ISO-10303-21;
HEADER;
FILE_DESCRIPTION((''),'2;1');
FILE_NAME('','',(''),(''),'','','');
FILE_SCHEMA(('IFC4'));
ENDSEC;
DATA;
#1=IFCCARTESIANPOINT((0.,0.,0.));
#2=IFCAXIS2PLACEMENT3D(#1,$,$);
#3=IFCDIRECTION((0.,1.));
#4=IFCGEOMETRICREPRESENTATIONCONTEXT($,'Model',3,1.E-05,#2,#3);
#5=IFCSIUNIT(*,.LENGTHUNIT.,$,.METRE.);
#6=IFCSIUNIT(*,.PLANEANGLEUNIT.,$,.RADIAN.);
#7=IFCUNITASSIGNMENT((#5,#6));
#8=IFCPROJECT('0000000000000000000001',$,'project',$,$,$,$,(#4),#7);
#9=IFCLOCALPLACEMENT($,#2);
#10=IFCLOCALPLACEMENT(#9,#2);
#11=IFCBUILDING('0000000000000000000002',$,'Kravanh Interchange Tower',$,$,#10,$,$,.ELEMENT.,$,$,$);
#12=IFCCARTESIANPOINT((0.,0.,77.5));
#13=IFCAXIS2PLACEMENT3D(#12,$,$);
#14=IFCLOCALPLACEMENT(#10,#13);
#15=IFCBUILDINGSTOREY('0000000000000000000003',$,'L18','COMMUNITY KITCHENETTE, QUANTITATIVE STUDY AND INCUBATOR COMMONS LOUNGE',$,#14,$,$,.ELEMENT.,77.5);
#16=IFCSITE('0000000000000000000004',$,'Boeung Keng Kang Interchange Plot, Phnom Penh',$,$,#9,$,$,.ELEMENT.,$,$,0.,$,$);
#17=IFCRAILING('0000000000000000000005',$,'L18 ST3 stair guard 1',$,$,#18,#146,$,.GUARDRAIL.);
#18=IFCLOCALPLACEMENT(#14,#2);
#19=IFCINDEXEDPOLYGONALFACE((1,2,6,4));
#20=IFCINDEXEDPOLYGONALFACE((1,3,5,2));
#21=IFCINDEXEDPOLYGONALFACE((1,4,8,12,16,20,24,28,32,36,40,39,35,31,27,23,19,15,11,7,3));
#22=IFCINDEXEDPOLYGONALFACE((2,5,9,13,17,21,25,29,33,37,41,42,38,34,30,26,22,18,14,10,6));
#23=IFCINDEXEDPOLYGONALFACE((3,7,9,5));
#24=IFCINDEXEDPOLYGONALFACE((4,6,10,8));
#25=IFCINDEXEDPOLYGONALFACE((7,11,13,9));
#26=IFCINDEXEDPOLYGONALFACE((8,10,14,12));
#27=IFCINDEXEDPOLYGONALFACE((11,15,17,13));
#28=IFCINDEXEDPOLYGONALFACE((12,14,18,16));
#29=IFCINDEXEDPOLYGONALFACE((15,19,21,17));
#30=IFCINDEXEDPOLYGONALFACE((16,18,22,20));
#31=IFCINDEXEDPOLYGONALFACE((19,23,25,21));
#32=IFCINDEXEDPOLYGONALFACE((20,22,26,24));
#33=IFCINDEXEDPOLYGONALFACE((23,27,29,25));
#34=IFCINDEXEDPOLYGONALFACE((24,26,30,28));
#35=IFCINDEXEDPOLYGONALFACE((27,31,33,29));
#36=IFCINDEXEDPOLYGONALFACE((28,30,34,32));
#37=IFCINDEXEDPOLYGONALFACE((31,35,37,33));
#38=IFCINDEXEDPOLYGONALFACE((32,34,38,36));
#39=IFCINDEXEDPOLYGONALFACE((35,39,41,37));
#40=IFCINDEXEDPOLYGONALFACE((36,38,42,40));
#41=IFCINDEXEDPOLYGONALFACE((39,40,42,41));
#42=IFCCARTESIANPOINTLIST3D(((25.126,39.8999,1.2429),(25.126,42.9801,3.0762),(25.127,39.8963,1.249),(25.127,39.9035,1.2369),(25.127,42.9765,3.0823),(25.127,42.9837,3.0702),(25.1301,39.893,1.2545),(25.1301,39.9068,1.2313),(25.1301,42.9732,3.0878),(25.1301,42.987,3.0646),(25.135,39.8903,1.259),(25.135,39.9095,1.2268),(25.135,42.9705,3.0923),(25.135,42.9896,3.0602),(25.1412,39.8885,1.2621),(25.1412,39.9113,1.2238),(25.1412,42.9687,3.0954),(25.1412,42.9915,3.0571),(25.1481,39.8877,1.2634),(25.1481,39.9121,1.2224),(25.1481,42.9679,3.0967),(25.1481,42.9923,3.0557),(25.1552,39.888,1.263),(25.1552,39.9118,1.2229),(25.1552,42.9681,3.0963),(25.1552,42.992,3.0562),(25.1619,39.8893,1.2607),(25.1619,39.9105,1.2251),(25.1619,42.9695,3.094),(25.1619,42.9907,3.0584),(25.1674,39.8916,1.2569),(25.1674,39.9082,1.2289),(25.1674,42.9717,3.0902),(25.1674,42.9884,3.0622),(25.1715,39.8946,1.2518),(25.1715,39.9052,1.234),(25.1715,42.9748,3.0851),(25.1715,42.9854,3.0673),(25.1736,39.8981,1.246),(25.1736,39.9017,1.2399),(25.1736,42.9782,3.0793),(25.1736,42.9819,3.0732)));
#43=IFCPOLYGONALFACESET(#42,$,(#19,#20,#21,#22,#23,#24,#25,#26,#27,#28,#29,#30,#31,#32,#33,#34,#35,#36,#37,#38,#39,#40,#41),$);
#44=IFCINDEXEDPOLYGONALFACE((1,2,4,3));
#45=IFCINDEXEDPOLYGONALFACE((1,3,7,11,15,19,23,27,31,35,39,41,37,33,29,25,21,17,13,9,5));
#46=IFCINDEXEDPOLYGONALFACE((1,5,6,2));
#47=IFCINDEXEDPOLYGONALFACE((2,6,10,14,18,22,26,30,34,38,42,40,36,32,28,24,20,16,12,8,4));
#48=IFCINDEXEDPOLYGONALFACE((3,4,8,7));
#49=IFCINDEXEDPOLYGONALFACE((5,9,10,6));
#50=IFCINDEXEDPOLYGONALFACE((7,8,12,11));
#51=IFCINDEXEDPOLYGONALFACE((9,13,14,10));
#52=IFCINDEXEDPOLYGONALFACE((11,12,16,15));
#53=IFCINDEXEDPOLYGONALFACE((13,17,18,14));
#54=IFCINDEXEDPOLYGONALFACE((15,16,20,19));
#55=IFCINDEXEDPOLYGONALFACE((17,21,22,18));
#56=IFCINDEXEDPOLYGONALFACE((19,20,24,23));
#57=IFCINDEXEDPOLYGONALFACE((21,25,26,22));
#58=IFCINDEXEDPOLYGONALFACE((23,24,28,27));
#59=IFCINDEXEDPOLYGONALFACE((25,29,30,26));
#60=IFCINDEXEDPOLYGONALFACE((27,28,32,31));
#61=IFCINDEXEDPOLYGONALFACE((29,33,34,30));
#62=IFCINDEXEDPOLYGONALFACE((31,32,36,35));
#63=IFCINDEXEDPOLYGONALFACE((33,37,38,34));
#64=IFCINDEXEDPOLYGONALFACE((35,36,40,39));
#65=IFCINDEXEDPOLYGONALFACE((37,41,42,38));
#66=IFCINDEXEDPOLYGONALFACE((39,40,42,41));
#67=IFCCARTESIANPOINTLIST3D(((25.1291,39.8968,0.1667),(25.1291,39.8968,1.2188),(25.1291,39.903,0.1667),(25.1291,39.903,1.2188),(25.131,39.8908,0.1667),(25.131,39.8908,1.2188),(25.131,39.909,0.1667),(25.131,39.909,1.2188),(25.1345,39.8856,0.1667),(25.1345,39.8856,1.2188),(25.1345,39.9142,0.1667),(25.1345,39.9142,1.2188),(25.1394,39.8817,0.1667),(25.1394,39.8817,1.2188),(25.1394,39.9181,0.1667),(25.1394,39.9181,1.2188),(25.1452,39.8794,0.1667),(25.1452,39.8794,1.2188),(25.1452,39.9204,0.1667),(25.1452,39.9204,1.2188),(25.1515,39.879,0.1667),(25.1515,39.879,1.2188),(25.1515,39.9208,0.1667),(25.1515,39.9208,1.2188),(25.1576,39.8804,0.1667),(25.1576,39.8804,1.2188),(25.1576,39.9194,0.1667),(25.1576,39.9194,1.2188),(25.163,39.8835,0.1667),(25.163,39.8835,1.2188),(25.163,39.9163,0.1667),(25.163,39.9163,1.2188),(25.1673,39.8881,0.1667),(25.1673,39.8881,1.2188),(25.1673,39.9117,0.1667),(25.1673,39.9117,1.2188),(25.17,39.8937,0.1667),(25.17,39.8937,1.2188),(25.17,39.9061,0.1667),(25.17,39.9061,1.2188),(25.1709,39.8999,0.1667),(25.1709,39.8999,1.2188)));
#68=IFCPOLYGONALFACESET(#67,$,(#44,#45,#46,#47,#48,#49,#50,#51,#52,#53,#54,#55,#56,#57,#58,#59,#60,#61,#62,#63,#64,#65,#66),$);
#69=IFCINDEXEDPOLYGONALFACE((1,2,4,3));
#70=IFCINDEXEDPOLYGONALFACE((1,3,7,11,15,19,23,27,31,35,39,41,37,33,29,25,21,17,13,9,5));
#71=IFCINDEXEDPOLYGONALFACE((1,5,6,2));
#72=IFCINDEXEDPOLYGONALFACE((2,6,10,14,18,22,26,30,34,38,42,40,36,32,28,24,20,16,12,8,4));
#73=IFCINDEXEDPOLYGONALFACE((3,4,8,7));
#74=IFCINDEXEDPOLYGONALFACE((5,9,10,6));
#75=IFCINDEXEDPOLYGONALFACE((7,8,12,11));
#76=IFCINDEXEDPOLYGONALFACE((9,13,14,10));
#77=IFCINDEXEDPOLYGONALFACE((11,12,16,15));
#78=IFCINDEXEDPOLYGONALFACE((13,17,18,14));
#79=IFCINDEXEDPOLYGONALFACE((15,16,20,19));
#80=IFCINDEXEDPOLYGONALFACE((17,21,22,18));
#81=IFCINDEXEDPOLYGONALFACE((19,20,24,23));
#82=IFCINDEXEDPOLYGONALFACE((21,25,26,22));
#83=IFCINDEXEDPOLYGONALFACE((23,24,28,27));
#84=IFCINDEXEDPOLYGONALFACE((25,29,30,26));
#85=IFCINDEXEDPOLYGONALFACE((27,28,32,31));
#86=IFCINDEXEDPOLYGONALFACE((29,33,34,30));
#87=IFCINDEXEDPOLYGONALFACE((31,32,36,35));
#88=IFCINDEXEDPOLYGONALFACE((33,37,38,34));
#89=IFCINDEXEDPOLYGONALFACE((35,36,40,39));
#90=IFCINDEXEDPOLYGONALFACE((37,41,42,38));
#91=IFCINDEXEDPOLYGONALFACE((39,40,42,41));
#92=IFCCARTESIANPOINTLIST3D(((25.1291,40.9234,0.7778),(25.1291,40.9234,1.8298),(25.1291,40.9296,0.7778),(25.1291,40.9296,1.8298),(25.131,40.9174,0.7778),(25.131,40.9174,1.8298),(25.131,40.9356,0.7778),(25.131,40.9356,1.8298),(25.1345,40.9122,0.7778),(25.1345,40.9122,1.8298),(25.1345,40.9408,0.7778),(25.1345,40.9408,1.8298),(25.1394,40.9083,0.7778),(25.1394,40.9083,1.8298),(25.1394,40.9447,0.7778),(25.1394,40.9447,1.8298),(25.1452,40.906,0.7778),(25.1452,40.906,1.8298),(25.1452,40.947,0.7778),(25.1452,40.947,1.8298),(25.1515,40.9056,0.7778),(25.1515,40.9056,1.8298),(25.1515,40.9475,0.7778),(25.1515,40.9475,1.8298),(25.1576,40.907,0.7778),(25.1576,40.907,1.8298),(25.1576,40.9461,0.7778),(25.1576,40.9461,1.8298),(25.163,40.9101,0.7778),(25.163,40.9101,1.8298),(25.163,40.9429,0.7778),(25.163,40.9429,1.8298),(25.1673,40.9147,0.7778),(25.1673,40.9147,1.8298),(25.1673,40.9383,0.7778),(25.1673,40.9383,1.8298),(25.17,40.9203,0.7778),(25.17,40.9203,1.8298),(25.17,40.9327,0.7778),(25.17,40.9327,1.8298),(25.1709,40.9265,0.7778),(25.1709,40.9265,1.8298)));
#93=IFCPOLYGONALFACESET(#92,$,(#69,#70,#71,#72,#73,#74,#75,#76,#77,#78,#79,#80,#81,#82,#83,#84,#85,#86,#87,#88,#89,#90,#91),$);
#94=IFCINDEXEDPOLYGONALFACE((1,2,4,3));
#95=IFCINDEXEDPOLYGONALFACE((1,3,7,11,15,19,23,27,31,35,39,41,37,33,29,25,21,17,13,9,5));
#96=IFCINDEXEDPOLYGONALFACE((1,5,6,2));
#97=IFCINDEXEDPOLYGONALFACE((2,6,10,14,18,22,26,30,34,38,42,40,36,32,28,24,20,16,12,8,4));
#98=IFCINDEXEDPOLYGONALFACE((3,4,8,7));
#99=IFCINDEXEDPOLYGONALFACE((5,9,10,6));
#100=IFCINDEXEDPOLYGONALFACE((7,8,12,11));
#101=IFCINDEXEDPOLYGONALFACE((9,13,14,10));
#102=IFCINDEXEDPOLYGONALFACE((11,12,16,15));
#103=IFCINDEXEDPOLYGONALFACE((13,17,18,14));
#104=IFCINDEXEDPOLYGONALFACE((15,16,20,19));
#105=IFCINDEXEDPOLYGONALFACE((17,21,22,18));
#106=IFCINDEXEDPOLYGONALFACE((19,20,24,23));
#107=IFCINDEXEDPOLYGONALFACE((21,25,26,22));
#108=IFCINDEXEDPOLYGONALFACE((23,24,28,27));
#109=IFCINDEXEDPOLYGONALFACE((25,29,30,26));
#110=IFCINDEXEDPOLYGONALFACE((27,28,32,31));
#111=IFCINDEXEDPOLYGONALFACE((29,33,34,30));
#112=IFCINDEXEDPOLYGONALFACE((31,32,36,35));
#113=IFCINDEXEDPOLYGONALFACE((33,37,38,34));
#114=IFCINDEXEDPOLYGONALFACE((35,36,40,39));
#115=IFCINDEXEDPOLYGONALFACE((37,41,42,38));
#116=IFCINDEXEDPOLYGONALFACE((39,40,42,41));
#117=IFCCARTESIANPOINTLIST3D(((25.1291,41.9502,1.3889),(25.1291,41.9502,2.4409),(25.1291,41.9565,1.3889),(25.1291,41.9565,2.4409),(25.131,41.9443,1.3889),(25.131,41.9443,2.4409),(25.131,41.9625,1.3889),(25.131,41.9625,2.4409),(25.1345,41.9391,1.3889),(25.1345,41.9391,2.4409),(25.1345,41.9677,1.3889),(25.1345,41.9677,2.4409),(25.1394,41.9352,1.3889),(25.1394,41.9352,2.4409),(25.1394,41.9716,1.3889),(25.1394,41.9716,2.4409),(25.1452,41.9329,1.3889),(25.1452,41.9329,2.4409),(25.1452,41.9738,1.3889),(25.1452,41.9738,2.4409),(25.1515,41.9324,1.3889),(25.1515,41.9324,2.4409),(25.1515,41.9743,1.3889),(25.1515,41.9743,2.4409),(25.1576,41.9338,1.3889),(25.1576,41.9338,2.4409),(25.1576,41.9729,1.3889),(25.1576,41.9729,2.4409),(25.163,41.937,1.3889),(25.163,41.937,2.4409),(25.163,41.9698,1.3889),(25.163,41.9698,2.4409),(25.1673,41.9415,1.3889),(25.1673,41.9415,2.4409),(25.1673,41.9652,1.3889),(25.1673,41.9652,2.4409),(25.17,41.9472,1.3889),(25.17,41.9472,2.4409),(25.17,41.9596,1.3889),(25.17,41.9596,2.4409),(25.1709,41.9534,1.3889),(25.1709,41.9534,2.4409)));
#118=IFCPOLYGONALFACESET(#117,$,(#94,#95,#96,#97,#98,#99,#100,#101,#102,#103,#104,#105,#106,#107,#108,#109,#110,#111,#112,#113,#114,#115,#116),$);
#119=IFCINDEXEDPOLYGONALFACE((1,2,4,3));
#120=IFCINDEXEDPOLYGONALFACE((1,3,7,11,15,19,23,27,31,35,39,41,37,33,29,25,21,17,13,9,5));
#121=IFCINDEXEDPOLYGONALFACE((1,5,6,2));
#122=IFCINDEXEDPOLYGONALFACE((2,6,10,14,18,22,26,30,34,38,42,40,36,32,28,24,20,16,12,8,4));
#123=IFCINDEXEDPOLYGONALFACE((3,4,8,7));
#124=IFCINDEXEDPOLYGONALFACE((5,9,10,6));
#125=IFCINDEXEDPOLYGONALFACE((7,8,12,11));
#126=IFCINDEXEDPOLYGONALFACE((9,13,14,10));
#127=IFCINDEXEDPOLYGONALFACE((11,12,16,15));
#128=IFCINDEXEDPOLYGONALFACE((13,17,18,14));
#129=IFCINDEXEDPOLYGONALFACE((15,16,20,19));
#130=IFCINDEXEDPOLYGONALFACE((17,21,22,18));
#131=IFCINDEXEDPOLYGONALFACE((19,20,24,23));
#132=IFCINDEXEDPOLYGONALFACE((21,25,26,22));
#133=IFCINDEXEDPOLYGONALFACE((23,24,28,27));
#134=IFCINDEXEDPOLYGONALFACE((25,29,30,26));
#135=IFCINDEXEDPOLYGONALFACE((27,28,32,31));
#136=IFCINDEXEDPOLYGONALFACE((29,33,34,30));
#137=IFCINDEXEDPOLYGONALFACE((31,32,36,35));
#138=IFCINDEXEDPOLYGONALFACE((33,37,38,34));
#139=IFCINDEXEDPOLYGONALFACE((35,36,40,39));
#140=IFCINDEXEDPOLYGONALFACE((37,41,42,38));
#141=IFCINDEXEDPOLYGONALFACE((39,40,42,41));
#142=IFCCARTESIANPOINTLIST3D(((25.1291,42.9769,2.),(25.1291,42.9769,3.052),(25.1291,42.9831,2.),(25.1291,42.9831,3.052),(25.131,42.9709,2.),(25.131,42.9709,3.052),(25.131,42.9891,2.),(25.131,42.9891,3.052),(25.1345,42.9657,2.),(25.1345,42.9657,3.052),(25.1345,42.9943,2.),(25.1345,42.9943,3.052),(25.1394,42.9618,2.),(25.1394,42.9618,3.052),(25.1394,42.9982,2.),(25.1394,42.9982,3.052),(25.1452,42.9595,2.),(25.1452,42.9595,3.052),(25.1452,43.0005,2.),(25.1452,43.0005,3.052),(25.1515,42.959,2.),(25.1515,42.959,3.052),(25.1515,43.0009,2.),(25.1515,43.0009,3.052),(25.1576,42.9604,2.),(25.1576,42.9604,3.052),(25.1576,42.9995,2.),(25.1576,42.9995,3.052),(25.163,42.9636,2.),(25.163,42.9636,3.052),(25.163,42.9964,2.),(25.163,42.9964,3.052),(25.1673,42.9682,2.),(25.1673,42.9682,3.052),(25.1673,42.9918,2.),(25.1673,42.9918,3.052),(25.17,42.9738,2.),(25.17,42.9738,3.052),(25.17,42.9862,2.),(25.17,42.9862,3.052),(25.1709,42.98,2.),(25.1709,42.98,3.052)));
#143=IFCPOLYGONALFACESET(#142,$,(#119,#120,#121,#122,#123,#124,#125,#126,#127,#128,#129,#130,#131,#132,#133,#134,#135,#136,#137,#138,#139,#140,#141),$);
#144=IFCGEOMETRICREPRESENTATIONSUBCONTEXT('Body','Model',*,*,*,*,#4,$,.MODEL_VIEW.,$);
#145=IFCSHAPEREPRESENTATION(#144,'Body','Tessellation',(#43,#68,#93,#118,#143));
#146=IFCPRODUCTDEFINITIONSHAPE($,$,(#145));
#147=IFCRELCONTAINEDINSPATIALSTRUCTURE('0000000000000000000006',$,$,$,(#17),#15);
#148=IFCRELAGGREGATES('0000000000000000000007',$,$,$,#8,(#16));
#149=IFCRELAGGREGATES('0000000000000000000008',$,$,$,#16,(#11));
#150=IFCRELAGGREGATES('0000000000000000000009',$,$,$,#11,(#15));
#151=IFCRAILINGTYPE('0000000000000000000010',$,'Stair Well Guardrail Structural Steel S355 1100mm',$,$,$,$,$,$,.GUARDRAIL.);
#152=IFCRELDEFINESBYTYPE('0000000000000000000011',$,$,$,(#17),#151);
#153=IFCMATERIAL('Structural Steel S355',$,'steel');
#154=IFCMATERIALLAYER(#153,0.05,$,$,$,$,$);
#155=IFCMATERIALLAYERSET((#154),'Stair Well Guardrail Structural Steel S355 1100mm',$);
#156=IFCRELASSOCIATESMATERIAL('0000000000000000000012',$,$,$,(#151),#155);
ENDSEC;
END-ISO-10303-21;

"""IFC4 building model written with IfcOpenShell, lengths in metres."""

from ifc_helpers import new_model, si_unit, direction, frame, origin, origin_2d, place, context, subcontext, project, spatial, circle, extrude, material, layer, layer_set, type_object, element, save


model = new_model("IFC4")

# Units and contexts
model_context = context("Model", 3, precision=1e-05, world=origin(), true_north=direction((0.0, 1.0)))
body_context = subcontext(model_context, "Body", "Model", "MODEL_VIEW")
ifc_project = project(units=[si_unit("LENGTHUNIT", "METRE"), si_unit("PLANEANGLEUNIT", "RADIAN")], contexts=[model_context])

# Site, building, storey
site_placement = place(None, origin())
site = spatial("IfcSite", under=ifc_project, at=site_placement, Name="Boeung Keng Kang Interchange Plot, Phnom Penh", CompositionType="ELEMENT", RefElevation=0.0)
building_placement = place(site_placement, origin())
building = spatial("IfcBuilding", under=site, at=building_placement, Name="Kravanh Interchange Tower", CompositionType="ELEMENT")
storey_placement = place(building_placement, frame((0.0, 0.0, 77.5)))
storey = spatial("IfcBuildingStorey", under=building, at=storey_placement, Name="L18", Description="COMMUNITY KITCHENETTE, QUANTITATIVE STUDY AND INCUBATOR COMMONS LOUNGE", CompositionType="ELEMENT", Elevation=77.5)

# Railing
ifc_material_1 = material(Name="Structural Steel S355", Category="steel")
ifc_layer_1 = layer(ifc_material_1, 0.05)
ifc_layer_set_1 = layer_set([ifc_layer_1], Name="Stair Well Guardrail Structural Steel S355 1100mm")
railing_type_1 = type_object("IfcRailingType", Name="Stair Well Guardrail Structural Steel S355 1100mm", PredefinedType="GUARDRAIL", material=ifc_layer_set_1)
railing_1_placement = place(storey_placement, frame((25.1499, 39.8999, 0.1667)))
element("IfcRailing", 1, at=railing_1_placement, inside=storey, type_object=railing_type_1, Name="L18 ST3 stair guard 1", PredefinedType="GUARDRAIL", context=body_context, shape_type="SweptSolid", body=[
    extrude(circle(Radius=0.0239, at=origin_2d()), frame((0.0, 0.0, 1.0762), z_axis=(0.0, 0.859309, 0.511458), x_axis=(-1.0, 0.0, 0.0)), (0.0, 0.0, 1.0), 3.5845),
    extrude(circle(Radius=0.021, at=origin_2d()), origin(), (0.0, 0.0, 1.0), 1.052),
    extrude(circle(Radius=0.021, at=origin_2d()), frame((0.0, 1.0266, 0.6111)), (0.0, 0.0, 1.0), 1.052),
    extrude(circle(Radius=0.021, at=origin_2d()), frame((0.0, 2.0535, 1.2222)), (0.0, 0.0, 1.0), 1.052),
    extrude(circle(Radius=0.021, at=origin_2d()), frame((0.0, 3.0801, 1.8333)), (0.0, 0.0, 1.0), 1.052),
])

save(model, "model.ifc")
